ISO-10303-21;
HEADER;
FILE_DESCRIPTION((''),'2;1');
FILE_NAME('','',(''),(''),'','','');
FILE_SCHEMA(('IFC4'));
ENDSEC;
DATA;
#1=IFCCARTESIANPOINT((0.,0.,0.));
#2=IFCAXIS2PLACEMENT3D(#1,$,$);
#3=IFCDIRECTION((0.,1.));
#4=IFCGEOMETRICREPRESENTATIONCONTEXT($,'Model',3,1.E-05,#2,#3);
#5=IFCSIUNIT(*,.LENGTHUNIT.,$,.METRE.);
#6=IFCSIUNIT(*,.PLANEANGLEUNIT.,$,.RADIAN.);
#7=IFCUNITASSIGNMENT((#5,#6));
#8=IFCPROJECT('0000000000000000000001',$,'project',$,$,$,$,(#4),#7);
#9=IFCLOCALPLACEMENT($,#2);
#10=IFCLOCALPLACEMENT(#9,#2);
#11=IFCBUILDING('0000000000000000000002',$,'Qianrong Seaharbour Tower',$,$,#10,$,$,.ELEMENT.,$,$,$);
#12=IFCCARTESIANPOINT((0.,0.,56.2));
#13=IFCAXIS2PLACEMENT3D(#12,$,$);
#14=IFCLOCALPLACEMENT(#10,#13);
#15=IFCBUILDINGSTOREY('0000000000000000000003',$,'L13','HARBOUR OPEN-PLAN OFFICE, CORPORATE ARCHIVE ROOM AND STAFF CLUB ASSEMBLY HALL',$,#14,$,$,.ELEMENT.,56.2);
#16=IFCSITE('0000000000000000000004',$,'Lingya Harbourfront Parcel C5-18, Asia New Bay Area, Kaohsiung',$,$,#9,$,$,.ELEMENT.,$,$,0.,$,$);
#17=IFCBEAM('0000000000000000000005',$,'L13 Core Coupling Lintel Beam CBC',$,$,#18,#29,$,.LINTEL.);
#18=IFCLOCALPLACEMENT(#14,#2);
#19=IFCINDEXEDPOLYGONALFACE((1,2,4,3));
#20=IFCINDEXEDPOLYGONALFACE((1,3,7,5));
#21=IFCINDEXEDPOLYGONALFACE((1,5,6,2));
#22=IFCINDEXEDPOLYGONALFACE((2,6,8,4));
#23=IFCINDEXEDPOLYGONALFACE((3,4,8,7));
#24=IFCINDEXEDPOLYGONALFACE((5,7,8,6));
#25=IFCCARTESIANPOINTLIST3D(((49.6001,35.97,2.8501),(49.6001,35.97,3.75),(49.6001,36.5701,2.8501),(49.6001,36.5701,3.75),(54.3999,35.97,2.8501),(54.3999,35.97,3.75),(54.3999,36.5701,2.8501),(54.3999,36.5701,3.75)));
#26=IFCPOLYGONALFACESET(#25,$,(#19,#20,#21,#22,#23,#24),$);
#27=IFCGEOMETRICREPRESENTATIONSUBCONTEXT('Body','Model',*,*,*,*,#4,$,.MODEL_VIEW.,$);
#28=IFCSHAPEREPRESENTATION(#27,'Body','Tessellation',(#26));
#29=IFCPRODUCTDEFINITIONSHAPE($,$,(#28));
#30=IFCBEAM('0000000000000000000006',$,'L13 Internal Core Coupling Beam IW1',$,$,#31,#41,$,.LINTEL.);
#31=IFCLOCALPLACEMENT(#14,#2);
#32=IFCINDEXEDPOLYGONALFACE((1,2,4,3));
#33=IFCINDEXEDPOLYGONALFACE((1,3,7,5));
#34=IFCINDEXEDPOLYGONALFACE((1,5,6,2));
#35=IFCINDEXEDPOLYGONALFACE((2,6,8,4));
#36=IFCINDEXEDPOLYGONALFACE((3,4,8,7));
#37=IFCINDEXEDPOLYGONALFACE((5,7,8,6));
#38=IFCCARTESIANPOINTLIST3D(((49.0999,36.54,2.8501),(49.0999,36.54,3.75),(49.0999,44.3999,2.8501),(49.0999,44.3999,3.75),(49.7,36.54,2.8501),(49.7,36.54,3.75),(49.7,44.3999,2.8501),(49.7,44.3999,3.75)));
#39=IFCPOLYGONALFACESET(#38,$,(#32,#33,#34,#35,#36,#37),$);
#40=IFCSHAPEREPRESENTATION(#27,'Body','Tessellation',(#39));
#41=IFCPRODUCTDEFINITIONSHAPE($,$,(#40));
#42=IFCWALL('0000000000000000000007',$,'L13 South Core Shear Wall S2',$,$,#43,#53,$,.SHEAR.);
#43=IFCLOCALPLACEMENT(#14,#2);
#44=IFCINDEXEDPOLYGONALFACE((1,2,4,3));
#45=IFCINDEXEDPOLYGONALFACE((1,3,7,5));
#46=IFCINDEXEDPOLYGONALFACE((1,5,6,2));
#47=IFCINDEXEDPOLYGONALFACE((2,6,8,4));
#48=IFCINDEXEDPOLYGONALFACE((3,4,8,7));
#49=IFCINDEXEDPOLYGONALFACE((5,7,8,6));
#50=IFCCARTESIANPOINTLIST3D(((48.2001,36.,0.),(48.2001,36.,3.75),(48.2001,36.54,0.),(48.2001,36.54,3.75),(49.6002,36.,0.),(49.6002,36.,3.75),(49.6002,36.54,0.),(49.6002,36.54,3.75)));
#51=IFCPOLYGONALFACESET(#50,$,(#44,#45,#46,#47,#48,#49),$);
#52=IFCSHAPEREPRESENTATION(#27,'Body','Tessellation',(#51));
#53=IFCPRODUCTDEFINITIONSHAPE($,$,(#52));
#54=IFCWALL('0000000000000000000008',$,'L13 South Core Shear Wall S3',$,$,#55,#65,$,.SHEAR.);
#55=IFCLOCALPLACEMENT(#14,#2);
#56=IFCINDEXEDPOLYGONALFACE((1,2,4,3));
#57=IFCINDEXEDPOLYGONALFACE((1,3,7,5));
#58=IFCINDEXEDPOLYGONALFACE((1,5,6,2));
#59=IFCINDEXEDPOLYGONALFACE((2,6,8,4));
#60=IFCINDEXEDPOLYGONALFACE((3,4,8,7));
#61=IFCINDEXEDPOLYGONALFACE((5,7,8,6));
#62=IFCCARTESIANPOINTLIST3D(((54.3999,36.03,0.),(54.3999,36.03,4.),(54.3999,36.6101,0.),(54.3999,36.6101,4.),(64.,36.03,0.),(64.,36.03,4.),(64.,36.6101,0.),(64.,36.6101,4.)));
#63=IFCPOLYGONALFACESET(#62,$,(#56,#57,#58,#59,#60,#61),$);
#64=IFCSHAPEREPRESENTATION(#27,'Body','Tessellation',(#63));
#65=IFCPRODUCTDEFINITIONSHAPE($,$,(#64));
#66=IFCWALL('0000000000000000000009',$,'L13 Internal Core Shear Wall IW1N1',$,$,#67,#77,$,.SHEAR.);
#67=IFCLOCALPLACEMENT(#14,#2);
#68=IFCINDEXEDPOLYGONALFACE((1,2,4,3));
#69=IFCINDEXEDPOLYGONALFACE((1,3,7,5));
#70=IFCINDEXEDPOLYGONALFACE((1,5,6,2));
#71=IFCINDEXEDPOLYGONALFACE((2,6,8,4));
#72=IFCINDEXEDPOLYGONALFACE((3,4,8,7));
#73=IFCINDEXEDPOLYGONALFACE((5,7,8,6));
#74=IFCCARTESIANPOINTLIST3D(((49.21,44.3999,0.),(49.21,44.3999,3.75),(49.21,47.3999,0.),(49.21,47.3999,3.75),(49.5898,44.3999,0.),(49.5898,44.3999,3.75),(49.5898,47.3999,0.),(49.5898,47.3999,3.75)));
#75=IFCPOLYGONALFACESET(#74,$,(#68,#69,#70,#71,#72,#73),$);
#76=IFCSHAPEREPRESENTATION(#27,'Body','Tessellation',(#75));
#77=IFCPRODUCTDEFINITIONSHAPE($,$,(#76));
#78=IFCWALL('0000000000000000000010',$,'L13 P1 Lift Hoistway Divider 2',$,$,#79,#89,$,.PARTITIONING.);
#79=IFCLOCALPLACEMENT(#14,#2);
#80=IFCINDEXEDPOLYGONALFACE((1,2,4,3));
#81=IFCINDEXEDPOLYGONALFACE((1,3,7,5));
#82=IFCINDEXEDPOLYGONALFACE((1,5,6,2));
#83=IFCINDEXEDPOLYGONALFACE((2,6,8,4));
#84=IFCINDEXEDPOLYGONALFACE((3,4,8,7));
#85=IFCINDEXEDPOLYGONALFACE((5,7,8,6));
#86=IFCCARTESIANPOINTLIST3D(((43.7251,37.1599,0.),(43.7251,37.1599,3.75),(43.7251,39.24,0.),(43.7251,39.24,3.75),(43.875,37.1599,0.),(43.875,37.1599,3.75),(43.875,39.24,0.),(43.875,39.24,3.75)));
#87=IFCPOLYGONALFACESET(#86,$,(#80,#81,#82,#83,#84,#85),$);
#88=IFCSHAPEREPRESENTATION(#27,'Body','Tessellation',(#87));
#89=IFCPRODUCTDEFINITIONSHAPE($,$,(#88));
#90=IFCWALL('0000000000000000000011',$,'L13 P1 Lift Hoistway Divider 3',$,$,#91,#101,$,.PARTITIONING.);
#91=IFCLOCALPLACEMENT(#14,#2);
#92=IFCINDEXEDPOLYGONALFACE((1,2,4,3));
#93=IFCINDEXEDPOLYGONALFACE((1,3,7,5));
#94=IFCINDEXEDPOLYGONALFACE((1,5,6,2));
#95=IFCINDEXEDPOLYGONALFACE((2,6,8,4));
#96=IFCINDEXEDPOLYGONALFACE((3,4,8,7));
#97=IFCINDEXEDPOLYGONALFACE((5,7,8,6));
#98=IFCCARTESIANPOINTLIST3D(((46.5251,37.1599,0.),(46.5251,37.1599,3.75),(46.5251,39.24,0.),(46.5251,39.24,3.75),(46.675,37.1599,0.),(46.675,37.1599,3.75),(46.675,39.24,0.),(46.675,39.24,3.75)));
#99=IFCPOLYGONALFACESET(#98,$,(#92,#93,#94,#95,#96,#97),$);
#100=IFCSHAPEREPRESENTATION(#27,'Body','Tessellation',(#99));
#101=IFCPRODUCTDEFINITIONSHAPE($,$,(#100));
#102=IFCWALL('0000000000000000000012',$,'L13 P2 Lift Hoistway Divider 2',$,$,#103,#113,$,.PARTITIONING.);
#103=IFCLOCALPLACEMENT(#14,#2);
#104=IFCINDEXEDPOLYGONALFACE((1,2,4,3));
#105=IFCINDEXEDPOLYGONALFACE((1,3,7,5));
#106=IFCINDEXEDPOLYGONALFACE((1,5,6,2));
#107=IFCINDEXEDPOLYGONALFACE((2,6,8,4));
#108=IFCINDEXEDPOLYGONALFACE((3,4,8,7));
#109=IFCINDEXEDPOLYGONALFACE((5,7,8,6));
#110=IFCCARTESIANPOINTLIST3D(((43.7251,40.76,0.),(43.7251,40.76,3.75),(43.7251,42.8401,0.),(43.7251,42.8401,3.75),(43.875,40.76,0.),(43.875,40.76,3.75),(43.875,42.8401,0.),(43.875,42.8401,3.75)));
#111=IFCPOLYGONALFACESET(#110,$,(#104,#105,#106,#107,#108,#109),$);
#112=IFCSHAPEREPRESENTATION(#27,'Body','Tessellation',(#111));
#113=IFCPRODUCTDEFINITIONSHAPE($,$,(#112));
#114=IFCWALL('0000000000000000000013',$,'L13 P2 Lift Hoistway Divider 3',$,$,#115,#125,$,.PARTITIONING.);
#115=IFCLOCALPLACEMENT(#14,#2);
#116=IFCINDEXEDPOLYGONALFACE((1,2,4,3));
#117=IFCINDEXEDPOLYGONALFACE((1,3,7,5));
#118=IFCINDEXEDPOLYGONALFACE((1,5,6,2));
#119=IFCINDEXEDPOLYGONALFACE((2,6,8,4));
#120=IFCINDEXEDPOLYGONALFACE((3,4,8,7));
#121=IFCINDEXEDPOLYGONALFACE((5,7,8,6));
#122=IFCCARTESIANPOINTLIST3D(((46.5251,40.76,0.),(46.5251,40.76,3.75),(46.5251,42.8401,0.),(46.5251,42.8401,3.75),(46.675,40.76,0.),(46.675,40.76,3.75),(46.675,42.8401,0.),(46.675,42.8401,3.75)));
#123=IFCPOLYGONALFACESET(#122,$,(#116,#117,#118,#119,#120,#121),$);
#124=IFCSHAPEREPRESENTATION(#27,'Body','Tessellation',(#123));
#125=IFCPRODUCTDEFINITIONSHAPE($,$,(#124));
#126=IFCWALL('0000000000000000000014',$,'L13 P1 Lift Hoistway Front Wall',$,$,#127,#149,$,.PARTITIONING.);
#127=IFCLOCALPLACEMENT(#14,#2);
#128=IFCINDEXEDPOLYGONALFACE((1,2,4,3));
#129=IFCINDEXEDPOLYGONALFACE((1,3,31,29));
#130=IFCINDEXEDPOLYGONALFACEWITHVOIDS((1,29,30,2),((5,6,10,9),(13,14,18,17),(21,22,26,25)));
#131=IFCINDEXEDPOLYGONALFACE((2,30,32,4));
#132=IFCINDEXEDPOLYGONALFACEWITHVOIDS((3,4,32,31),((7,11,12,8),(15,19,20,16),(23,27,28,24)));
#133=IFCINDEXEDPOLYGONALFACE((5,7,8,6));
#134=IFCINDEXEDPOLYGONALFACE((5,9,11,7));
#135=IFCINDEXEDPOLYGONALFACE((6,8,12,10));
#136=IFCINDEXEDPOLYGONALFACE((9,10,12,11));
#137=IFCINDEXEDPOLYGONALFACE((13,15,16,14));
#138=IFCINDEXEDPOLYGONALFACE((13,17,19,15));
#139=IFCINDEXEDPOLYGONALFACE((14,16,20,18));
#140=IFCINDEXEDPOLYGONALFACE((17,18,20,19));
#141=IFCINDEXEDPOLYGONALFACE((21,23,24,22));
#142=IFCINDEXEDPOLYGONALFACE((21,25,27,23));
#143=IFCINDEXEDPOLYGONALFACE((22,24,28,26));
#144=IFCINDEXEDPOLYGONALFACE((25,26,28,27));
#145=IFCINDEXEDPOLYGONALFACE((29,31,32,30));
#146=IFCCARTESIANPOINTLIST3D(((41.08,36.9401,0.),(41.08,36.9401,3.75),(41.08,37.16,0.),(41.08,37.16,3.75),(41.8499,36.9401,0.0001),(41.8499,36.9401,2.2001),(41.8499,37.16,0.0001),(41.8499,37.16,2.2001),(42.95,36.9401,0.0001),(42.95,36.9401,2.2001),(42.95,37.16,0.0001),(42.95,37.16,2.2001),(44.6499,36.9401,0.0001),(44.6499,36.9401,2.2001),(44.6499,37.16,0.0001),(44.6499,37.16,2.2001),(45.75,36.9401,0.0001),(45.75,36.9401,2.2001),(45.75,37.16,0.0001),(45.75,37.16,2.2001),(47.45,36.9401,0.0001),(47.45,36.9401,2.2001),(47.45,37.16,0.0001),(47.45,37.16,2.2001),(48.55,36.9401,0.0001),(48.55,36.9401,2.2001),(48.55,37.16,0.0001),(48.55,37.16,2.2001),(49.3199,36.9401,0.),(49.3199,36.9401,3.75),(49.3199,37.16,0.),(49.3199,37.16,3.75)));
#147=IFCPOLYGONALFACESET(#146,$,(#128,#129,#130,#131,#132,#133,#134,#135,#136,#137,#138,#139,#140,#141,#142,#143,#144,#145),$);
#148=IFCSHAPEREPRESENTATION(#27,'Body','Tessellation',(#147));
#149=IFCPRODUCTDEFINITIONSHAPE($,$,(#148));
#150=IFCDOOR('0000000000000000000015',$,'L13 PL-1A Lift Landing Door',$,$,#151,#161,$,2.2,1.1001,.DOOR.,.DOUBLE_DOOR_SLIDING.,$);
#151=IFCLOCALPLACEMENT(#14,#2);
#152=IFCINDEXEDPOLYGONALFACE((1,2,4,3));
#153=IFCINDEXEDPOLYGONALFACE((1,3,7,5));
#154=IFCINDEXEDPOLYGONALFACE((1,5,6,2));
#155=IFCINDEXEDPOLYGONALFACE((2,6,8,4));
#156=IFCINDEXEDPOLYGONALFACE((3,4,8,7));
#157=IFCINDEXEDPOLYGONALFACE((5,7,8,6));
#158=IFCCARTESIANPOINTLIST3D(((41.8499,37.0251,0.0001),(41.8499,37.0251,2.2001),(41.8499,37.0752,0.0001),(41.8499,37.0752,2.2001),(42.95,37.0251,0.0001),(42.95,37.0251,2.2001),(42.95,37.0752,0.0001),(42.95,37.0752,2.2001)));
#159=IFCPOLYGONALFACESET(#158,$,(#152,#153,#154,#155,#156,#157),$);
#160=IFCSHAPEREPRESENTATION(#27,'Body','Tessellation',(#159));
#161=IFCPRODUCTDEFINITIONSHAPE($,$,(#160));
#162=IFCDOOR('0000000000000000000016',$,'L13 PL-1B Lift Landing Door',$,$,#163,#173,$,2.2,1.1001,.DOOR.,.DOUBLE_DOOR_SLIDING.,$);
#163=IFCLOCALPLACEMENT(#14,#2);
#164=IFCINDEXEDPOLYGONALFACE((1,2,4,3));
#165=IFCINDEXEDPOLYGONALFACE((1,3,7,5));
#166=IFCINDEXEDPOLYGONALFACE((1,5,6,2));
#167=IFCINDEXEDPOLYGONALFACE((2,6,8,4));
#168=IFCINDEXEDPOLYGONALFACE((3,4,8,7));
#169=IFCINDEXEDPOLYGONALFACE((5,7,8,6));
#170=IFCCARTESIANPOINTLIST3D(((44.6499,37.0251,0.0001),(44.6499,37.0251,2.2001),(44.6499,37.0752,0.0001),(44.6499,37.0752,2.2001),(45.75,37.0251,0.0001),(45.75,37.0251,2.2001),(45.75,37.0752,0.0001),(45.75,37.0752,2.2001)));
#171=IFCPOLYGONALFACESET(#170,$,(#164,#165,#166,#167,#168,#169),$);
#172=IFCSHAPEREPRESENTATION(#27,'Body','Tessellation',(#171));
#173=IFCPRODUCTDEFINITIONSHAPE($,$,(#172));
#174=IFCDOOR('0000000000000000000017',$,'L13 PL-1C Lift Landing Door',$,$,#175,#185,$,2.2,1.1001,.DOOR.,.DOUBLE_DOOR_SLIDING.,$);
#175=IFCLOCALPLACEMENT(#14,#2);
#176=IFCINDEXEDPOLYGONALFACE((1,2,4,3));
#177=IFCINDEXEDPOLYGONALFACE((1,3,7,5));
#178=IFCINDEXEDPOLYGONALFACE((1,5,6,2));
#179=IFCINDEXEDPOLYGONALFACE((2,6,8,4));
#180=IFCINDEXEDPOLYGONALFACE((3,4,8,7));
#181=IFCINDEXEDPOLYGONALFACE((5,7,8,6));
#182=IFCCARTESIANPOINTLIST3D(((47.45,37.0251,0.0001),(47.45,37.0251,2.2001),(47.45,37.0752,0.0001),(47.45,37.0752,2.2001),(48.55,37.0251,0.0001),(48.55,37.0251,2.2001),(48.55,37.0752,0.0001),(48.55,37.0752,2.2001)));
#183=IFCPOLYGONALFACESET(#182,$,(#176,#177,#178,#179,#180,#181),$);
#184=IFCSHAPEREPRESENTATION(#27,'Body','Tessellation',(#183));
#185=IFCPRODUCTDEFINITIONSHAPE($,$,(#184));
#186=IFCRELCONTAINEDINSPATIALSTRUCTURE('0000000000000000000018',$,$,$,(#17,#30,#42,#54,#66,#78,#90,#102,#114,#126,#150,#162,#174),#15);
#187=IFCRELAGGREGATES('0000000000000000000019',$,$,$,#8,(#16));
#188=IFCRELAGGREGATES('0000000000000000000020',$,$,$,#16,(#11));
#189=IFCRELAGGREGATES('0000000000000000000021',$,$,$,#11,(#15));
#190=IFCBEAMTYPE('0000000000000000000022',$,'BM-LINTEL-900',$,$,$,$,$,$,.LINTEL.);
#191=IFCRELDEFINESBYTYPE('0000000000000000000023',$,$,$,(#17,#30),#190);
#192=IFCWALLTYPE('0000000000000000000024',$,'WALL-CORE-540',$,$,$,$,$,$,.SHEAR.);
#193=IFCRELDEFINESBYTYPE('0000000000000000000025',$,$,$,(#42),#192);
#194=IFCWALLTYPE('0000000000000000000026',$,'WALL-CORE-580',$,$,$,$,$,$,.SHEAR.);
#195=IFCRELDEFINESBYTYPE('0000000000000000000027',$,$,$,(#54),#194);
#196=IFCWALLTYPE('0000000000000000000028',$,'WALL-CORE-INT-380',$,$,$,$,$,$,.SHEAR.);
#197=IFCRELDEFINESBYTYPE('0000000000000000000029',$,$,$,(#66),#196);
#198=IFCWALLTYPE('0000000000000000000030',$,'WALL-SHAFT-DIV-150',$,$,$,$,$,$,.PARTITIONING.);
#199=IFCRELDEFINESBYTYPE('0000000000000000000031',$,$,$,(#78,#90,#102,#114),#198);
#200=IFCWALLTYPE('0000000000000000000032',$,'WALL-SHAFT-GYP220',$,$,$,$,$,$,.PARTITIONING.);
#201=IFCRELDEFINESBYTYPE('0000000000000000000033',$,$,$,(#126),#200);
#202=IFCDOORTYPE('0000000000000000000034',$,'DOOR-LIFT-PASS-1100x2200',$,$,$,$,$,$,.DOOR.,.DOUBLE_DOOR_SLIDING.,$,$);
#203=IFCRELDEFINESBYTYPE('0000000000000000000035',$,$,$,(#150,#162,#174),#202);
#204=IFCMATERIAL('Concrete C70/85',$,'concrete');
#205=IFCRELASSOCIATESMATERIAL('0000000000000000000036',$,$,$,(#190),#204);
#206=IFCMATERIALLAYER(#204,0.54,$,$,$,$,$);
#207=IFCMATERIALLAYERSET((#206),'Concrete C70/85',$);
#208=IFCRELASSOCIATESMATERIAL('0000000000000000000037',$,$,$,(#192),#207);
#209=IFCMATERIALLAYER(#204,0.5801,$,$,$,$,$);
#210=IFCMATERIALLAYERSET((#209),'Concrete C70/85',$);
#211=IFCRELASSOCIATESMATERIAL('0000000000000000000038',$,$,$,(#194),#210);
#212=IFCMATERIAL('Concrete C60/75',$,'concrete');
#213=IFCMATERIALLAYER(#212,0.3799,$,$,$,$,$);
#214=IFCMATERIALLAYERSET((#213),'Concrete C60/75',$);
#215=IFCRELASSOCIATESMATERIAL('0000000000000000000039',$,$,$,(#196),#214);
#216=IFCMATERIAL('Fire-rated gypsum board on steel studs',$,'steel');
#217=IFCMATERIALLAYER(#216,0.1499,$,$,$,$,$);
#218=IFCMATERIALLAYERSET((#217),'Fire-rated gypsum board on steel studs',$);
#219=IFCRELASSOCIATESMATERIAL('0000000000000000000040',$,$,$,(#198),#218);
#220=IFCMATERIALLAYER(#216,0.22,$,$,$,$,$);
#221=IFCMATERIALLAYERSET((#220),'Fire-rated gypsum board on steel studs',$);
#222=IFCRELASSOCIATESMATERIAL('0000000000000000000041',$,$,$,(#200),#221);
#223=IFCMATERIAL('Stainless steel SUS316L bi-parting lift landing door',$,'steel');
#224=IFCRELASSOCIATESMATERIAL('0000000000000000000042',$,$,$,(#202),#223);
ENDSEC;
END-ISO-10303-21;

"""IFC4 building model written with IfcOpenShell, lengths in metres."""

from ifc_helpers import new_model, si_unit, direction, frame, frame_2d, origin, origin_2d, place, context, subcontext, project, spatial, rectangle, extrude, material, layer, layer_set, material_profile, profile_set, type_object, element, fill, save


model = new_model("IFC4")

# Units and contexts
model_context = context("Model", 3, precision=1e-05, world=origin(), true_north=direction((0.0, 1.0)))
body_context = subcontext(model_context, "Body", "Model", "MODEL_VIEW")
ifc_project = project(units=[si_unit("LENGTHUNIT", "METRE"), si_unit("PLANEANGLEUNIT", "RADIAN")], contexts=[model_context])

# Site, building, storey
site_placement = place(None, origin())
site = spatial("IfcSite", under=ifc_project, at=site_placement, Name="Lingya Harbourfront Parcel C5-18, Asia New Bay Area, Kaohsiung", CompositionType="ELEMENT", RefElevation=0.0)
building_placement = place(site_placement, origin())
building = spatial("IfcBuilding", under=site, at=building_placement, Name="Qianrong Seaharbour Tower", CompositionType="ELEMENT")
storey_placement = place(building_placement, frame((0.0, 0.0, 56.2)))
storey = spatial("IfcBuildingStorey", under=building, at=storey_placement, Name="L13", Description="HARBOUR OPEN-PLAN OFFICE, CORPORATE ARCHIVE ROOM AND STAFF CLUB ASSEMBLY HALL", CompositionType="ELEMENT", Elevation=56.2)

# Beams
ifc_material_1 = material(Name="Concrete C70/85", Category="concrete")
ifc_material_profile = material_profile(ifc_material_1, rectangle(XDim=0.6001, YDim=0.8999, at=origin_2d()), Name="RC600x900")
ifc_profile_set = profile_set([ifc_material_profile], Name="Concrete C70/85")
beam_type = type_object("IfcBeamType", Name="BM-LINTEL-900", PredefinedType="LINTEL", material=ifc_profile_set)
beam_1_placement = place(storey_placement, frame((49.6001, 36.27, 3.3), z_axis=(1.0, 0.0, 0.0), x_axis=(0.0, 1.0, 0.0)))
element("IfcBeam", 1, at=beam_1_placement, inside=storey, type_object=beam_type, Name="L13 Core Coupling Lintel Beam CBC", PredefinedType="LINTEL", context=body_context, shape_type="SweptSolid", body=[
    extrude(rectangle(XDim=0.6001, YDim=0.8999, at=origin_2d()), origin(), (0.0, 0.0, 1.0), 4.7998),
])
beam_2_placement = place(storey_placement, frame((49.3999, 36.54, 3.3), z_axis=(0.0, 1.0, 0.0), x_axis=(-1.0, 0.0, 0.0)))
element("IfcBeam", 2, at=beam_2_placement, inside=storey, type_object=beam_type, Name="L13 Internal Core Coupling Beam IW1", PredefinedType="LINTEL", context=body_context, shape_type="SweptSolid", body=[
    extrude(rectangle(XDim=0.6001, YDim=0.8999, at=origin_2d()), origin(), (0.0, 0.0, 1.0), 7.8599),
])

# Walls
ifc_layer_1 = layer(ifc_material_1, 0.54)
ifc_layer_set_1 = layer_set([ifc_layer_1], Name="Concrete C70/85")
wall_type_1 = type_object("IfcWallType", Name="WALL-CORE-540", PredefinedType="SHEAR", material=ifc_layer_set_1)
wall_1_placement = place(storey_placement, frame((48.2, 36.27, 0.0), z_axis=(0.0, 0.0, 1.0), x_axis=(1.0, 0.0, 0.0)))
element("IfcWall", 3, at=wall_1_placement, inside=storey, type_object=wall_type_1, Name="L13 South Core Shear Wall S2", PredefinedType="SHEAR", context=body_context, shape_type="SweptSolid", body=[
    extrude(rectangle(XDim=1.4001, YDim=0.54, at=frame_2d((0.7002, 0.0))), origin(), (0.0, 0.0, 1.0), 3.75),
])
ifc_layer_2 = layer(ifc_material_1, 0.5801)
ifc_layer_set_2 = layer_set([ifc_layer_2], Name="Concrete C70/85")
wall_type_2 = type_object("IfcWallType", Name="WALL-CORE-580", PredefinedType="SHEAR", material=ifc_layer_set_2)
wall_2_placement = place(storey_placement, frame((54.3999, 36.3201, 0.0), z_axis=(0.0, 0.0, 1.0), x_axis=(1.0, 0.0, 0.0)))
element("IfcWall", 4, at=wall_2_placement, inside=storey, type_object=wall_type_2, Name="L13 South Core Shear Wall S3", PredefinedType="SHEAR", context=body_context, shape_type="SweptSolid", body=[
    extrude(rectangle(XDim=9.6001, YDim=0.5801, at=frame_2d((4.8, 0.0))), origin(), (0.0, 0.0, 1.0), 4.0),
])
ifc_material_2 = material(Name="Concrete C60/75", Category="concrete")
ifc_layer_3 = layer(ifc_material_2, 0.3799)
ifc_layer_set_3 = layer_set([ifc_layer_3], Name="Concrete C60/75")
wall_type_3 = type_object("IfcWallType", Name="WALL-CORE-INT-380", PredefinedType="SHEAR", material=ifc_layer_set_3)
wall_3_placement = place(storey_placement, frame((49.3999, 44.3999, 0.0), z_axis=(0.0, 0.0, 1.0), x_axis=(0.0, 1.0, 0.0)))
element("IfcWall", 5, at=wall_3_placement, inside=storey, type_object=wall_type_3, Name="L13 Internal Core Shear Wall IW1N1", PredefinedType="SHEAR", context=body_context, shape_type="SweptSolid", body=[
    extrude(rectangle(XDim=3.0, YDim=0.3799, at=frame_2d((1.5, 0.0))), origin(), (0.0, 0.0, 1.0), 3.75),
])

# Walls
ifc_material_3 = material(Name="Fire-rated gypsum board on steel studs", Category="steel")
ifc_layer_4 = layer(ifc_material_3, 0.1499)
ifc_layer_set_4 = layer_set([ifc_layer_4], Name="Fire-rated gypsum board on steel studs")
wall_type_4 = type_object("IfcWallType", Name="WALL-SHAFT-DIV-150", PredefinedType="PARTITIONING", material=ifc_layer_set_4)
for number, where, z_axis, x_axis, name in (
    (6, (43.8, 37.1599, 0.0), (0.0, 0.0, 1.0), (0.0, 1.0, 0.0), "L13 P1 Lift Hoistway Divider 2"),
    (7, (46.6001, 37.1599, 0.0), (0.0, 0.0, 1.0), (0.0, 1.0, 0.0), "L13 P1 Lift Hoistway Divider 3"),
    (8, (43.8, 40.76, 0.0), (0.0, 0.0, 1.0), (0.0, 1.0, 0.0), "L13 P2 Lift Hoistway Divider 2"),
    (9, (46.6001, 40.76, 0.0), (0.0, 0.0, 1.0), (0.0, 1.0, 0.0), "L13 P2 Lift Hoistway Divider 3"),
):
    element("IfcWall", number, at=place(storey_placement, frame(where, z_axis=z_axis, x_axis=x_axis)), inside=storey, type_object=wall_type_4, Name=name, PredefinedType="PARTITIONING", context=body_context, shape_type="SweptSolid", body=[
        extrude(rectangle(XDim=2.0801, YDim=0.1499, at=frame_2d((1.04, 0.0))), origin(), (0.0, 0.0, 1.0), 3.75),
    ])

# Wall, openings, doors
ifc_layer_5 = layer(ifc_material_3, 0.22)
ifc_layer_set_5 = layer_set([ifc_layer_5], Name="Fire-rated gypsum board on steel studs")
wall_type_5 = type_object("IfcWallType", Name="WALL-SHAFT-GYP220", PredefinedType="PARTITIONING", material=ifc_layer_set_5)
wall_4_placement = place(storey_placement, frame((49.3201, 37.05, 0.0), z_axis=(0.0, 0.0, 1.0), x_axis=(-1.0, 0.0, 0.0)))
wall_4 = element("IfcWall", 10, at=wall_4_placement, inside=storey, type_object=wall_type_5, Name="L13 P1 Lift Hoistway Front Wall", PredefinedType="PARTITIONING", context=body_context, shape_type="SweptSolid", body=[
    extrude(rectangle(XDim=8.24, YDim=0.22, at=frame_2d((4.1201, 0.0))), origin(), (0.0, 0.0, 1.0), 3.75),
])
opening_1_placement = place(wall_4_placement, frame((6.3701, 0.0, 0.0)))
opening_1 = element("IfcOpeningElement", 11, at=opening_1_placement, cuts=wall_4, PredefinedType="OPENING", context=body_context, shape_type="SweptSolid", body=[
    extrude(rectangle(XDim=1.1001, YDim=2.2, at=frame_2d((0.55, 1.1001))), frame((0.0, 0.1201, 0.0), z_axis=(0.0, -1.0, 0.0), x_axis=(1.0, 0.0, 0.0)), (0.0, 0.0, 1.0), 0.24),
])
opening_2_placement = place(wall_4_placement, frame((3.5701, 0.0, 0.0)))
opening_2 = element("IfcOpeningElement", 12, at=opening_2_placement, cuts=wall_4, PredefinedType="OPENING", context=body_context, shape_type="SweptSolid", body=[
    extrude(rectangle(XDim=1.1001, YDim=2.2, at=frame_2d((0.55, 1.1001))), frame((0.0, 0.1201, 0.0), z_axis=(0.0, -1.0, 0.0), x_axis=(1.0, 0.0, 0.0)), (0.0, 0.0, 1.0), 0.24),
])
opening_3_placement = place(wall_4_placement, frame((0.77, 0.0, 0.0)))
opening_3 = element("IfcOpeningElement", 13, at=opening_3_placement, cuts=wall_4, PredefinedType="OPENING", context=body_context, shape_type="SweptSolid", body=[
    extrude(rectangle(XDim=1.1001, YDim=2.2, at=frame_2d((0.55, 1.1001))), frame((0.0, 0.1201, 0.0), z_axis=(0.0, -1.0, 0.0), x_axis=(1.0, 0.0, 0.0)), (0.0, 0.0, 1.0), 0.24),
])
ifc_material_4 = material(Name="Stainless steel SUS316L bi-parting lift landing door", Category="steel")
door_type_1 = type_object("IfcDoorType", Name="DOOR-LIFT-PASS-1100x2200", OperationType="DOUBLE_DOOR_SLIDING", PredefinedType="DOOR", material=ifc_material_4)
door_1_placement = place(opening_1_placement, origin())
door_1 = element("IfcDoor", 14, at=door_1_placement, inside=storey, type_object=door_type_1, Name="L13 PL-1A Lift Landing Door", OperationType="DOUBLE_DOOR_SLIDING", OverallHeight=2.2, OverallWidth=1.1001, PredefinedType="DOOR", context=body_context, shape_type="SweptSolid", body=[
    extrude(rectangle(XDim=1.1001, YDim=2.2, at=frame_2d((0.55, 1.1001))), frame((0.0, 0.0249, 0.0), z_axis=(0.0, -1.0, 0.0), x_axis=(1.0, 0.0, 0.0)), (0.0, 0.0, 1.0), 0.05),
])
fill(opening_1, door_1)
door_2_placement = place(opening_2_placement, origin())
door_2 = element("IfcDoor", 15, at=door_2_placement, inside=storey, type_object=door_type_1, Name="L13 PL-1B Lift Landing Door", OperationType="DOUBLE_DOOR_SLIDING", OverallHeight=2.2, OverallWidth=1.1001, PredefinedType="DOOR", context=body_context, shape_type="SweptSolid", body=[
    extrude(rectangle(XDim=1.1001, YDim=2.2, at=frame_2d((0.55, 1.1001))), frame((0.0, 0.0249, 0.0), z_axis=(0.0, -1.0, 0.0), x_axis=(1.0, 0.0, 0.0)), (0.0, 0.0, 1.0), 0.05),
])
fill(opening_2, door_2)
door_3_placement = place(opening_3_placement, origin())
door_3 = element("IfcDoor", 16, at=door_3_placement, inside=storey, type_object=door_type_1, Name="L13 PL-1C Lift Landing Door", OperationType="DOUBLE_DOOR_SLIDING", OverallHeight=2.2, OverallWidth=1.1001, PredefinedType="DOOR", context=body_context, shape_type="SweptSolid", body=[
    extrude(rectangle(XDim=1.1001, YDim=2.2, at=frame_2d((0.55, 1.1001))), frame((0.0, 0.0249, 0.0), z_axis=(0.0, -1.0, 0.0), x_axis=(1.0, 0.0, 0.0)), (0.0, 0.0, 1.0), 0.05),
])
fill(opening_3, door_3)

save(model, "model.ifc")
